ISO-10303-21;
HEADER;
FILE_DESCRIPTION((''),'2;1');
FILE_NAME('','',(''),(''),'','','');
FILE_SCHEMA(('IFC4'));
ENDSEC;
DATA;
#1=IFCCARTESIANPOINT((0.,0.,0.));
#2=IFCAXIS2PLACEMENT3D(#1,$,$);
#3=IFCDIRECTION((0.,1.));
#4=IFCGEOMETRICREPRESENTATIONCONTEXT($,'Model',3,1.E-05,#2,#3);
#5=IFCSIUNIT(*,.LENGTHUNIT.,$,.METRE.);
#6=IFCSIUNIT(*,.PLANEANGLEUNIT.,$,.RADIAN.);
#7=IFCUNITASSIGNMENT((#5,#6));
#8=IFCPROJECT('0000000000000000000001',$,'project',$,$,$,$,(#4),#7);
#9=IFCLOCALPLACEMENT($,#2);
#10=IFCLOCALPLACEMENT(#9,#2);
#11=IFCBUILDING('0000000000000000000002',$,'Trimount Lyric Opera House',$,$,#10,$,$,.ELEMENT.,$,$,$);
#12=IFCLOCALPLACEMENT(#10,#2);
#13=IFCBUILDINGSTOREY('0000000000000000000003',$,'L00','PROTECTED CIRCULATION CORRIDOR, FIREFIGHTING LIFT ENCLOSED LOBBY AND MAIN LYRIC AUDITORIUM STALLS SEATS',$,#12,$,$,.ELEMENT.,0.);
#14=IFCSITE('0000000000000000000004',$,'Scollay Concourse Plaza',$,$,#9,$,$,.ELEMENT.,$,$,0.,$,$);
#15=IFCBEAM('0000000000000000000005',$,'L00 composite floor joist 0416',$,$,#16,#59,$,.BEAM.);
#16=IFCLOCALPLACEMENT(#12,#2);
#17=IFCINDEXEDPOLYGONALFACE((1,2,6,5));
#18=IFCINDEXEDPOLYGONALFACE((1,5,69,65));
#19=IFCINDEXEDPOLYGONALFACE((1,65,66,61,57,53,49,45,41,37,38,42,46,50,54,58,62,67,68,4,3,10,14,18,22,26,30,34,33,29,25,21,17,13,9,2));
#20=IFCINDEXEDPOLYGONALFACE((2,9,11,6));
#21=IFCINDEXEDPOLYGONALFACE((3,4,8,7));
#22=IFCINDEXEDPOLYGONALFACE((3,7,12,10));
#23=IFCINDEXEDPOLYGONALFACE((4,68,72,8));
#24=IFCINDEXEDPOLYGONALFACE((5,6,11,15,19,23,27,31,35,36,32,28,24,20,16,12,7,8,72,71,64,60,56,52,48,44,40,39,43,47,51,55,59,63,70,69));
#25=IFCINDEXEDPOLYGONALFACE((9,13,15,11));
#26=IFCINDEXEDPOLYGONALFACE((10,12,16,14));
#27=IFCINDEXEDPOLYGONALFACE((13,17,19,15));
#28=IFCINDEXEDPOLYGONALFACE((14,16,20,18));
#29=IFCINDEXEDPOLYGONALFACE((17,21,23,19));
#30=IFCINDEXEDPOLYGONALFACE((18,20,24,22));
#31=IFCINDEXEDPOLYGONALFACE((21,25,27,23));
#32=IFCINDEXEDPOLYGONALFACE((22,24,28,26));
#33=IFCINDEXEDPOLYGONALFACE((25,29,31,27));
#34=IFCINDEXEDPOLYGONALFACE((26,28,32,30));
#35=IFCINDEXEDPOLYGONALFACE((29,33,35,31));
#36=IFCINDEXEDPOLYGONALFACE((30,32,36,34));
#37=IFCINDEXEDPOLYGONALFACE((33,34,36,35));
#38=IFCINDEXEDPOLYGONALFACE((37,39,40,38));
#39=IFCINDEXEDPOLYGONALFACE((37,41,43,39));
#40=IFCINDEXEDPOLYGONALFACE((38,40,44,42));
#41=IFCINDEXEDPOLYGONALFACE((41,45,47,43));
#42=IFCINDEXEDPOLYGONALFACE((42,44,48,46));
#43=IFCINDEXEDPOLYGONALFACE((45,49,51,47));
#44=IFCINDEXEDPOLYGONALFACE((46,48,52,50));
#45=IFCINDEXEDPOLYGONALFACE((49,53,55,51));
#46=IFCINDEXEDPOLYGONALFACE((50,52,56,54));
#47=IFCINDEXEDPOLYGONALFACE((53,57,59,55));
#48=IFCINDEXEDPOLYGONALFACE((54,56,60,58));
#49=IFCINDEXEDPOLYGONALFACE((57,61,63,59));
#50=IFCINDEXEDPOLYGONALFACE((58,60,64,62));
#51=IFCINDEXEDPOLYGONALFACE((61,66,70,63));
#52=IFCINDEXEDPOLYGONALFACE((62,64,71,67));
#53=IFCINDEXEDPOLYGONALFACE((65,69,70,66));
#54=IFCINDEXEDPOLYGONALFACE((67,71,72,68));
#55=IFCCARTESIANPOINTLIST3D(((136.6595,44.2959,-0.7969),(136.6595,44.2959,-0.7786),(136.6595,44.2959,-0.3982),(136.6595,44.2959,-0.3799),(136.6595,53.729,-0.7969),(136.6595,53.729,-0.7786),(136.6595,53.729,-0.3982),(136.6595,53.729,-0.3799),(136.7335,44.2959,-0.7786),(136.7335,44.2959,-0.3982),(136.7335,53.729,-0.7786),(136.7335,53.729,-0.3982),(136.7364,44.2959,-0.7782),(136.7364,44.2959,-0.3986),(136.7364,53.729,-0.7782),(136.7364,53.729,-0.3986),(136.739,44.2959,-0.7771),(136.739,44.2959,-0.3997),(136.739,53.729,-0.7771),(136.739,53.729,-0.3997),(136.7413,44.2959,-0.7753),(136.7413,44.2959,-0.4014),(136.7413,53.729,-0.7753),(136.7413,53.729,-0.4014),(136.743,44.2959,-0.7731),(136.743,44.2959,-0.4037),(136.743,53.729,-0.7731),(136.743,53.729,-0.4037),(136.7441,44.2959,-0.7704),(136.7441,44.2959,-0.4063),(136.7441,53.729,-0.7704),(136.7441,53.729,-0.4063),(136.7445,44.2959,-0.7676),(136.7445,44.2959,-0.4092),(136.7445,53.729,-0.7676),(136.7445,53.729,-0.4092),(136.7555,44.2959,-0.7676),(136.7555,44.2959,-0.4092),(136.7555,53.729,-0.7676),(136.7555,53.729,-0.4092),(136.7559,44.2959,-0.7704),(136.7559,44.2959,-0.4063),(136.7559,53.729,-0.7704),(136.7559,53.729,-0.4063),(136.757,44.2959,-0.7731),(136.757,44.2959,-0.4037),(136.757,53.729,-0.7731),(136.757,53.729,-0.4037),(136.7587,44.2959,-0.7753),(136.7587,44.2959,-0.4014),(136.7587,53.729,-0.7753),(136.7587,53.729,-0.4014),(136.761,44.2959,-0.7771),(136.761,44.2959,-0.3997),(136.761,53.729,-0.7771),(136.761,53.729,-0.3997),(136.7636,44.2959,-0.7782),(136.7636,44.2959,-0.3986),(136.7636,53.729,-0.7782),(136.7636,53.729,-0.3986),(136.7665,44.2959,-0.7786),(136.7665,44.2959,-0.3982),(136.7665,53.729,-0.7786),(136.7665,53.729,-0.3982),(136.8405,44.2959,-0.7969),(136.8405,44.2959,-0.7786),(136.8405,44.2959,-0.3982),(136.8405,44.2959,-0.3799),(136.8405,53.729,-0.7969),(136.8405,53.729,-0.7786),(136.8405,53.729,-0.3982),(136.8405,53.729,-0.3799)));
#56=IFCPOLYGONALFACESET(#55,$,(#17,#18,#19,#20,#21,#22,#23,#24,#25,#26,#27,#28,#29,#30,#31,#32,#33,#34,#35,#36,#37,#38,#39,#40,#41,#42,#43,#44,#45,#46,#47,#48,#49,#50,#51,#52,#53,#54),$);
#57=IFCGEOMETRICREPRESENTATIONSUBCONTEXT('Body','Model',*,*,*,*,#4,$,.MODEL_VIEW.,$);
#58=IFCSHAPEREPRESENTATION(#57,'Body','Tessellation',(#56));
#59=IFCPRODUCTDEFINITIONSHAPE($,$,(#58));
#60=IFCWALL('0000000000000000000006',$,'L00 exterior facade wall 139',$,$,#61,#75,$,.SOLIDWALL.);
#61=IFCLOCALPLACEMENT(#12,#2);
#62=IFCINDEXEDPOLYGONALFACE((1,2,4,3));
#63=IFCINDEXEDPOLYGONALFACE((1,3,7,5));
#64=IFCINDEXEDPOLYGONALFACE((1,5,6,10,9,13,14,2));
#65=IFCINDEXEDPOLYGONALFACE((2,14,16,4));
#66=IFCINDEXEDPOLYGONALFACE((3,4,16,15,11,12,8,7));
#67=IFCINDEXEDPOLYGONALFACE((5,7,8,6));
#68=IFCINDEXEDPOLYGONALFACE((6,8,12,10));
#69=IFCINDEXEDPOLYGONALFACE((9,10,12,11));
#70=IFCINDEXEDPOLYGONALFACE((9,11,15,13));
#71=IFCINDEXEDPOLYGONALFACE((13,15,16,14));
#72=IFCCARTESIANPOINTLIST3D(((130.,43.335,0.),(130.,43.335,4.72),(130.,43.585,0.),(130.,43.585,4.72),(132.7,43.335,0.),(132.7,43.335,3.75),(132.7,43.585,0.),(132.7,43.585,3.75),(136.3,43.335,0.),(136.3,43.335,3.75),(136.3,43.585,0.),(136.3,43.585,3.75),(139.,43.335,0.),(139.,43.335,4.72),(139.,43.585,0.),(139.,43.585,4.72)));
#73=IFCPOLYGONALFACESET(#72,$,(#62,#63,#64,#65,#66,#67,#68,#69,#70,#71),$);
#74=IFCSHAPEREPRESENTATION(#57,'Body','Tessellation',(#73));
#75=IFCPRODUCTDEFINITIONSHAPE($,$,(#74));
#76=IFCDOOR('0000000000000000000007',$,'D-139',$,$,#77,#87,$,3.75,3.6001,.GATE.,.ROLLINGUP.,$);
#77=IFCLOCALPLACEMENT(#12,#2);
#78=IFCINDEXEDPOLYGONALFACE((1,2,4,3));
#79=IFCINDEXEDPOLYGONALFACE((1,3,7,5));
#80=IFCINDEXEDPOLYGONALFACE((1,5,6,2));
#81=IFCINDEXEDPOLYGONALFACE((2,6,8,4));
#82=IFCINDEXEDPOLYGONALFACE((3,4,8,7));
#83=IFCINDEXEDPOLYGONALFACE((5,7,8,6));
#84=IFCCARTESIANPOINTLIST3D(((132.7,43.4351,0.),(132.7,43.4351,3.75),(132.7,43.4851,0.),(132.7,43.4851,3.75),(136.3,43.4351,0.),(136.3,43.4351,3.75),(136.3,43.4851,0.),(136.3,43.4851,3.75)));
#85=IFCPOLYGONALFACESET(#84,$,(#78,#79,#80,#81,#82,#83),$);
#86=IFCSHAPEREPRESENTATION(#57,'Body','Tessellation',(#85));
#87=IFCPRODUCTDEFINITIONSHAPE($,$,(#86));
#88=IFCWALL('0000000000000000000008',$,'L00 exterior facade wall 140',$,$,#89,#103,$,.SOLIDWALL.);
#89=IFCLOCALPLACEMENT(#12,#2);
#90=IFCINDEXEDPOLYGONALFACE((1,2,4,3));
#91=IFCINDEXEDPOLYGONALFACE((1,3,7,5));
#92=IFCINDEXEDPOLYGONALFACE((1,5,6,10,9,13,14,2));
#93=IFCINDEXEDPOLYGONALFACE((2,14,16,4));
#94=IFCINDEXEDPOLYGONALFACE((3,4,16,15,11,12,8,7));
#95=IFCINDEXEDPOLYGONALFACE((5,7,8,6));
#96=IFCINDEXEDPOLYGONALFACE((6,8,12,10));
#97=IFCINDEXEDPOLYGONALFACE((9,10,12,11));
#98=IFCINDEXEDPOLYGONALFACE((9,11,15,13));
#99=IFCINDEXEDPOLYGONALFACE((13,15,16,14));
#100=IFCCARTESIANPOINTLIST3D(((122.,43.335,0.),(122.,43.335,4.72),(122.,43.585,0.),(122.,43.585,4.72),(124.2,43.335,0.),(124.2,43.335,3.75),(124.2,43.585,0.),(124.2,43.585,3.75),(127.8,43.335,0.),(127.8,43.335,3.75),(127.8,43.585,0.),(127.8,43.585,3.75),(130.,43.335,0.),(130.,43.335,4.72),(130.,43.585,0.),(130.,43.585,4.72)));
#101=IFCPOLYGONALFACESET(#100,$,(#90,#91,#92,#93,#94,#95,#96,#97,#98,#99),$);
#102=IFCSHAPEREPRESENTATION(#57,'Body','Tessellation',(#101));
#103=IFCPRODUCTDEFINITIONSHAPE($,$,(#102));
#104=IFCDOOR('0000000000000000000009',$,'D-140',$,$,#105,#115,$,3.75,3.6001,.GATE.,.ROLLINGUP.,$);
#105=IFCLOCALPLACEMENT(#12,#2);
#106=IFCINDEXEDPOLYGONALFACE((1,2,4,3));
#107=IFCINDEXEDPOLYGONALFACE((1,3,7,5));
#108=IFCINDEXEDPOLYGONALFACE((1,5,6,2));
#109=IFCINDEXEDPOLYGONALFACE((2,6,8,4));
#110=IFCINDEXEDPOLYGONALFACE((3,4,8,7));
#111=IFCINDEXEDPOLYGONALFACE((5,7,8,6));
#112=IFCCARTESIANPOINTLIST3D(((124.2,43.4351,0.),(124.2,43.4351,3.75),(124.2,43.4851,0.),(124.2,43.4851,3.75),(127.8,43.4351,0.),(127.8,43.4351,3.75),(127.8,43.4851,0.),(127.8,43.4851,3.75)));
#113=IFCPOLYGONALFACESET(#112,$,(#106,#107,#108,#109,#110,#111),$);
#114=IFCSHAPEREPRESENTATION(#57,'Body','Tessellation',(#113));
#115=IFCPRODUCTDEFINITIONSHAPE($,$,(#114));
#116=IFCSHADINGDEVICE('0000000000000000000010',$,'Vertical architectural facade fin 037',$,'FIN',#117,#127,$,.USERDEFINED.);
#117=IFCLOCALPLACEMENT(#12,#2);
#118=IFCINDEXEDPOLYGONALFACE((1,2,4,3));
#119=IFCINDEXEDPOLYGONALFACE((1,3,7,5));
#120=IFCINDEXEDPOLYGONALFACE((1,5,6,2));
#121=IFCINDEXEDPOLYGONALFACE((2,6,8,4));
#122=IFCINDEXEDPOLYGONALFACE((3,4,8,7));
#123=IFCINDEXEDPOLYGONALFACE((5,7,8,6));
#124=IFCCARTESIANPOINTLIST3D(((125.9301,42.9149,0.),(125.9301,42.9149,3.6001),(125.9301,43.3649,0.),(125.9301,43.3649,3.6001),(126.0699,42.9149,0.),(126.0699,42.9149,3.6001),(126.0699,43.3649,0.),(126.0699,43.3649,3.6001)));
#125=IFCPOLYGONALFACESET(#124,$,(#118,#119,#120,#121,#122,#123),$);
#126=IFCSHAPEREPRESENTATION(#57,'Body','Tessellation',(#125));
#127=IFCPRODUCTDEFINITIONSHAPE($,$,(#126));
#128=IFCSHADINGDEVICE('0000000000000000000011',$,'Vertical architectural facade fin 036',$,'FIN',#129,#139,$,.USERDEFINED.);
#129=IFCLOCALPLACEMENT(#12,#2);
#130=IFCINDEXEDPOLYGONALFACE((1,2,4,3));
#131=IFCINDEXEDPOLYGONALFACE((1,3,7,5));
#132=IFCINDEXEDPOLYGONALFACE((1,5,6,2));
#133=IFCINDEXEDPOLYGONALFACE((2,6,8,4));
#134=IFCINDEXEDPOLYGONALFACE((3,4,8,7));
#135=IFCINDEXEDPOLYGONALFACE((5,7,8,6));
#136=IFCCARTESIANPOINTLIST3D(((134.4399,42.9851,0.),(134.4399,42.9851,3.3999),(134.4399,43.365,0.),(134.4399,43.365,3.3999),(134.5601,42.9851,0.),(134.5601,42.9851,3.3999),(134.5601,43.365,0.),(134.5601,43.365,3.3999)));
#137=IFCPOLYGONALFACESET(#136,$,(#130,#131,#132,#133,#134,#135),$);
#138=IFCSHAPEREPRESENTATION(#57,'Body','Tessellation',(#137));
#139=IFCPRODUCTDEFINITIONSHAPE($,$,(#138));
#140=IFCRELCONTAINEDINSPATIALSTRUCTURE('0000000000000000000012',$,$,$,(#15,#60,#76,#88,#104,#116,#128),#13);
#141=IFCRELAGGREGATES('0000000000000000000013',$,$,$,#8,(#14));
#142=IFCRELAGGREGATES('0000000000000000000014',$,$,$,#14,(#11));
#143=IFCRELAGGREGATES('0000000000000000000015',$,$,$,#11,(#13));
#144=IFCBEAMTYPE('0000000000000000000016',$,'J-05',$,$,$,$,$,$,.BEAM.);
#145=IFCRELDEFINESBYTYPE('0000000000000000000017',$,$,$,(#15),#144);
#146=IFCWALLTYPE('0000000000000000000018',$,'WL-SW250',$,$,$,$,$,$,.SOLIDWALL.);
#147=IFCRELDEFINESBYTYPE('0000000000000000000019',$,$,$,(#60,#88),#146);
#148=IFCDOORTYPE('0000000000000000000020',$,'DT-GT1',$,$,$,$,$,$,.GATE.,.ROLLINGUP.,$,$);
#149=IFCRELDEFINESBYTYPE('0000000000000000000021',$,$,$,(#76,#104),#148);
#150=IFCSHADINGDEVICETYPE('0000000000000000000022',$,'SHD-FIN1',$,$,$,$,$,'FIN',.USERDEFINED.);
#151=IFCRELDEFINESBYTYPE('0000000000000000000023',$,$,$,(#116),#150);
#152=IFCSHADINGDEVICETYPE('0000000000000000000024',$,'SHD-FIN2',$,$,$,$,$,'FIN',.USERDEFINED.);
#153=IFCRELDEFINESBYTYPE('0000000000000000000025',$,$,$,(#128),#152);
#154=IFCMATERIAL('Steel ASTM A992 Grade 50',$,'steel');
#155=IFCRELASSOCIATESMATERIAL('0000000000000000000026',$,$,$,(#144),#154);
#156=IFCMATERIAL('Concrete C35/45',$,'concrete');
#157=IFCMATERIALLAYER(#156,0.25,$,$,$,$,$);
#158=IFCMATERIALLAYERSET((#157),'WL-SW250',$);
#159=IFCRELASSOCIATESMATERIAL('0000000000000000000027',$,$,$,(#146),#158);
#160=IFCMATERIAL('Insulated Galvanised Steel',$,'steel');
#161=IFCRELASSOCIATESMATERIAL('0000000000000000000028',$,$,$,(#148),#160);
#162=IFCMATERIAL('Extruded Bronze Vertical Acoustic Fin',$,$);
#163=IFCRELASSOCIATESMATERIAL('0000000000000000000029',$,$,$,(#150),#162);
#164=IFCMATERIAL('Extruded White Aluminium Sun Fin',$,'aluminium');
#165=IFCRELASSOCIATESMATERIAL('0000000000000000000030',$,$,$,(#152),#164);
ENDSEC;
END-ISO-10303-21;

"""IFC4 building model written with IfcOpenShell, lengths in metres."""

from ifc_helpers import new_model, si_unit, direction, frame, frame_2d, origin, origin_2d, place, context, subcontext, project, spatial, rectangle, i_section, extrude, material, layer, layer_set, material_profile, profile_set, type_object, element, fill, save


model = new_model("IFC4")

# Units and contexts
model_context = context("Model", 3, precision=1e-05, world=origin(), true_north=direction((0.0, 1.0)))
body_context = subcontext(model_context, "Body", "Model", "MODEL_VIEW")
ifc_project = project(units=[si_unit("LENGTHUNIT", "METRE"), si_unit("PLANEANGLEUNIT", "RADIAN")], contexts=[model_context])

# Site, building, storey
site_placement = place(None, origin())
site = spatial("IfcSite", under=ifc_project, at=site_placement, Name="Scollay Concourse Plaza", CompositionType="ELEMENT", RefElevation=0.0)
building_placement = place(site_placement, origin())
building = spatial("IfcBuilding", under=site, at=building_placement, Name="Trimount Lyric Opera House", CompositionType="ELEMENT")
storey_placement = place(building_placement, origin())
storey = spatial("IfcBuildingStorey", under=building, at=storey_placement, Name="L00", Description="PROTECTED CIRCULATION CORRIDOR, FIREFIGHTING LIFT ENCLOSED LOBBY AND MAIN LYRIC AUDITORIUM STALLS SEATS", CompositionType="ELEMENT", Elevation=0.0)

# Beam
ifc_material_1 = material(Name="Steel ASTM A992 Grade 50", Category="steel")
ifc_material_profile_1 = material_profile(ifc_material_1, i_section(OverallWidth=0.1809, OverallDepth=0.417, WebThickness=0.011, FlangeThickness=0.0183, FilletRadius=0.011, at=origin_2d()), Name="W16X57")
ifc_profile_set_1 = profile_set([ifc_material_profile_1], Name="Steel ASTM A992 Grade 50")
beam_type_1 = type_object("IfcBeamType", Name="J-05", PredefinedType="BEAM", material=ifc_profile_set_1)
beam_1_placement = place(storey_placement, frame((136.75, 44.2959, -0.5884), z_axis=(0.0, 1.0, 0.0), x_axis=(-1.0, 0.0, 0.0)))
element("IfcBeam", 1, at=beam_1_placement, inside=storey, type_object=beam_type_1, Name="L00 composite floor joist 0416", PredefinedType="BEAM", context=body_context, shape_type="SweptSolid", body=[
    extrude(i_section(OverallWidth=0.1809, OverallDepth=0.417, WebThickness=0.011, FlangeThickness=0.0183, FilletRadius=0.011, at=origin_2d()), origin(), (0.0, 0.0, 1.0), 9.4331),
])

# Walls, openings, doors
ifc_material_2 = material(Name="Concrete C35/45", Category="concrete")
ifc_layer = layer(ifc_material_2, 0.25)
ifc_layer_set = layer_set([ifc_layer], Name="WL-SW250")
wall_type = type_object("IfcWallType", Name="WL-SW250", PredefinedType="SOLIDWALL", material=ifc_layer_set)
wall_1_placement = place(storey_placement, frame((139.0, 43.46, 0.0), z_axis=(0.0, 0.0, 1.0), x_axis=(-1.0, 0.0, 0.0)))
wall_1 = element("IfcWall", 2, at=wall_1_placement, inside=storey, type_object=wall_type, Name="L00 exterior facade wall 139", PredefinedType="SOLIDWALL", context=body_context, shape_type="SweptSolid", body=[
    extrude(rectangle(XDim=9.0, YDim=0.25, at=frame_2d((4.5, 0.0))), origin(), (0.0, 0.0, 1.0), 4.72),
])
opening_1_placement = place(wall_1_placement, frame((2.7, 0.0, 0.0)))
opening_1 = element("IfcOpeningElement", 3, at=opening_1_placement, cuts=wall_1, PredefinedType="OPENING", context=body_context, shape_type="SweptSolid", body=[
    extrude(rectangle(XDim=3.6001, YDim=3.75, at=frame_2d((1.8, 1.875))), frame((0.0, 0.135, 0.0), z_axis=(0.0, -1.0, 0.0), x_axis=(1.0, 0.0, 0.0)), (0.0, 0.0, 1.0), 0.27),
])
ifc_material_3 = material(Name="Insulated Galvanised Steel", Category="steel")
door_type = type_object("IfcDoorType", Name="DT-GT1", OperationType="ROLLINGUP", PredefinedType="GATE", material=ifc_material_3)
door_1_placement = place(opening_1_placement, origin())
door_1 = element("IfcDoor", 4, at=door_1_placement, inside=storey, type_object=door_type, Name="D-139", OperationType="ROLLINGUP", OverallHeight=3.75, OverallWidth=3.6001, PredefinedType="GATE", context=body_context, shape_type="SweptSolid", body=[
    extrude(rectangle(XDim=3.6001, YDim=3.75, at=frame_2d((1.8, 1.875))), frame((0.0, 0.0249, 0.0), z_axis=(0.0, -1.0, 0.0), x_axis=(1.0, 0.0, 0.0)), (0.0, 0.0, 1.0), 0.05),
])
fill(opening_1, door_1)
wall_2_placement = place(storey_placement, frame((130.0, 43.46, 0.0), z_axis=(0.0, 0.0, 1.0), x_axis=(-1.0, 0.0, 0.0)))
wall_2 = element("IfcWall", 5, at=wall_2_placement, inside=storey, type_object=wall_type, Name="L00 exterior facade wall 140", PredefinedType="SOLIDWALL", context=body_context, shape_type="SweptSolid", body=[
    extrude(rectangle(XDim=8.0, YDim=0.25, at=frame_2d((4.0, 0.0))), origin(), (0.0, 0.0, 1.0), 4.72),
])
opening_2_placement = place(wall_2_placement, frame((2.2, 0.0, 0.0)))
opening_2 = element("IfcOpeningElement", 6, at=opening_2_placement, cuts=wall_2, PredefinedType="OPENING", context=body_context, shape_type="SweptSolid", body=[
    extrude(rectangle(XDim=3.6001, YDim=3.75, at=frame_2d((1.8, 1.875))), frame((0.0, 0.135, 0.0), z_axis=(0.0, -1.0, 0.0), x_axis=(1.0, 0.0, 0.0)), (0.0, 0.0, 1.0), 0.27),
])
door_2_placement = place(opening_2_placement, origin())
door_2 = element("IfcDoor", 7, at=door_2_placement, inside=storey, type_object=door_type, Name="D-140", OperationType="ROLLINGUP", OverallHeight=3.75, OverallWidth=3.6001, PredefinedType="GATE", context=body_context, shape_type="SweptSolid", body=[
    extrude(rectangle(XDim=3.6001, YDim=3.75, at=frame_2d((1.8, 1.875))), frame((0.0, 0.0249, 0.0), z_axis=(0.0, -1.0, 0.0), x_axis=(1.0, 0.0, 0.0)), (0.0, 0.0, 1.0), 0.05),
])
fill(opening_2, door_2)

# Shading devices
ifc_material_4 = material(Name="Extruded Bronze Vertical Acoustic Fin")
shading_device_type_1 = type_object("IfcShadingDeviceType", Name="SHD-FIN1", ElementType="FIN", PredefinedType="USERDEFINED", material=ifc_material_4)
shading_device_1_placement = place(storey_placement, frame((126.0, 43.1399, 0.0), z_axis=(0.0, 0.0, 1.0), x_axis=(1.0, 0.0, 0.0)))
element("IfcShadingDevice", 8, at=shading_device_1_placement, inside=storey, type_object=shading_device_type_1, Name="Vertical architectural facade fin 037", ObjectType="FIN", PredefinedType="USERDEFINED", context=body_context, shape_type="SweptSolid", body=[
    extrude(rectangle(XDim=0.1399, YDim=0.45, at=origin_2d()), origin(), (0.0, 0.0, 1.0), 3.6001),
])
ifc_material_5 = material(Name="Extruded White Aluminium Sun Fin", Category="aluminium")
shading_device_type_2 = type_object("IfcShadingDeviceType", Name="SHD-FIN2", ElementType="FIN", PredefinedType="USERDEFINED", material=ifc_material_5)
shading_device_2_placement = place(storey_placement, frame((134.5, 43.175, 0.0), z_axis=(0.0, 0.0, 1.0), x_axis=(1.0, 0.0, 0.0)))
element("IfcShadingDevice", 9, at=shading_device_2_placement, inside=storey, type_object=shading_device_type_2, Name="Vertical architectural facade fin 036", ObjectType="FIN", PredefinedType="USERDEFINED", context=body_context, shape_type="SweptSolid", body=[
    extrude(rectangle(XDim=0.1201, YDim=0.3799, at=origin_2d()), origin(), (0.0, 0.0, 1.0), 3.3999),
])

save(model, "model.ifc")
